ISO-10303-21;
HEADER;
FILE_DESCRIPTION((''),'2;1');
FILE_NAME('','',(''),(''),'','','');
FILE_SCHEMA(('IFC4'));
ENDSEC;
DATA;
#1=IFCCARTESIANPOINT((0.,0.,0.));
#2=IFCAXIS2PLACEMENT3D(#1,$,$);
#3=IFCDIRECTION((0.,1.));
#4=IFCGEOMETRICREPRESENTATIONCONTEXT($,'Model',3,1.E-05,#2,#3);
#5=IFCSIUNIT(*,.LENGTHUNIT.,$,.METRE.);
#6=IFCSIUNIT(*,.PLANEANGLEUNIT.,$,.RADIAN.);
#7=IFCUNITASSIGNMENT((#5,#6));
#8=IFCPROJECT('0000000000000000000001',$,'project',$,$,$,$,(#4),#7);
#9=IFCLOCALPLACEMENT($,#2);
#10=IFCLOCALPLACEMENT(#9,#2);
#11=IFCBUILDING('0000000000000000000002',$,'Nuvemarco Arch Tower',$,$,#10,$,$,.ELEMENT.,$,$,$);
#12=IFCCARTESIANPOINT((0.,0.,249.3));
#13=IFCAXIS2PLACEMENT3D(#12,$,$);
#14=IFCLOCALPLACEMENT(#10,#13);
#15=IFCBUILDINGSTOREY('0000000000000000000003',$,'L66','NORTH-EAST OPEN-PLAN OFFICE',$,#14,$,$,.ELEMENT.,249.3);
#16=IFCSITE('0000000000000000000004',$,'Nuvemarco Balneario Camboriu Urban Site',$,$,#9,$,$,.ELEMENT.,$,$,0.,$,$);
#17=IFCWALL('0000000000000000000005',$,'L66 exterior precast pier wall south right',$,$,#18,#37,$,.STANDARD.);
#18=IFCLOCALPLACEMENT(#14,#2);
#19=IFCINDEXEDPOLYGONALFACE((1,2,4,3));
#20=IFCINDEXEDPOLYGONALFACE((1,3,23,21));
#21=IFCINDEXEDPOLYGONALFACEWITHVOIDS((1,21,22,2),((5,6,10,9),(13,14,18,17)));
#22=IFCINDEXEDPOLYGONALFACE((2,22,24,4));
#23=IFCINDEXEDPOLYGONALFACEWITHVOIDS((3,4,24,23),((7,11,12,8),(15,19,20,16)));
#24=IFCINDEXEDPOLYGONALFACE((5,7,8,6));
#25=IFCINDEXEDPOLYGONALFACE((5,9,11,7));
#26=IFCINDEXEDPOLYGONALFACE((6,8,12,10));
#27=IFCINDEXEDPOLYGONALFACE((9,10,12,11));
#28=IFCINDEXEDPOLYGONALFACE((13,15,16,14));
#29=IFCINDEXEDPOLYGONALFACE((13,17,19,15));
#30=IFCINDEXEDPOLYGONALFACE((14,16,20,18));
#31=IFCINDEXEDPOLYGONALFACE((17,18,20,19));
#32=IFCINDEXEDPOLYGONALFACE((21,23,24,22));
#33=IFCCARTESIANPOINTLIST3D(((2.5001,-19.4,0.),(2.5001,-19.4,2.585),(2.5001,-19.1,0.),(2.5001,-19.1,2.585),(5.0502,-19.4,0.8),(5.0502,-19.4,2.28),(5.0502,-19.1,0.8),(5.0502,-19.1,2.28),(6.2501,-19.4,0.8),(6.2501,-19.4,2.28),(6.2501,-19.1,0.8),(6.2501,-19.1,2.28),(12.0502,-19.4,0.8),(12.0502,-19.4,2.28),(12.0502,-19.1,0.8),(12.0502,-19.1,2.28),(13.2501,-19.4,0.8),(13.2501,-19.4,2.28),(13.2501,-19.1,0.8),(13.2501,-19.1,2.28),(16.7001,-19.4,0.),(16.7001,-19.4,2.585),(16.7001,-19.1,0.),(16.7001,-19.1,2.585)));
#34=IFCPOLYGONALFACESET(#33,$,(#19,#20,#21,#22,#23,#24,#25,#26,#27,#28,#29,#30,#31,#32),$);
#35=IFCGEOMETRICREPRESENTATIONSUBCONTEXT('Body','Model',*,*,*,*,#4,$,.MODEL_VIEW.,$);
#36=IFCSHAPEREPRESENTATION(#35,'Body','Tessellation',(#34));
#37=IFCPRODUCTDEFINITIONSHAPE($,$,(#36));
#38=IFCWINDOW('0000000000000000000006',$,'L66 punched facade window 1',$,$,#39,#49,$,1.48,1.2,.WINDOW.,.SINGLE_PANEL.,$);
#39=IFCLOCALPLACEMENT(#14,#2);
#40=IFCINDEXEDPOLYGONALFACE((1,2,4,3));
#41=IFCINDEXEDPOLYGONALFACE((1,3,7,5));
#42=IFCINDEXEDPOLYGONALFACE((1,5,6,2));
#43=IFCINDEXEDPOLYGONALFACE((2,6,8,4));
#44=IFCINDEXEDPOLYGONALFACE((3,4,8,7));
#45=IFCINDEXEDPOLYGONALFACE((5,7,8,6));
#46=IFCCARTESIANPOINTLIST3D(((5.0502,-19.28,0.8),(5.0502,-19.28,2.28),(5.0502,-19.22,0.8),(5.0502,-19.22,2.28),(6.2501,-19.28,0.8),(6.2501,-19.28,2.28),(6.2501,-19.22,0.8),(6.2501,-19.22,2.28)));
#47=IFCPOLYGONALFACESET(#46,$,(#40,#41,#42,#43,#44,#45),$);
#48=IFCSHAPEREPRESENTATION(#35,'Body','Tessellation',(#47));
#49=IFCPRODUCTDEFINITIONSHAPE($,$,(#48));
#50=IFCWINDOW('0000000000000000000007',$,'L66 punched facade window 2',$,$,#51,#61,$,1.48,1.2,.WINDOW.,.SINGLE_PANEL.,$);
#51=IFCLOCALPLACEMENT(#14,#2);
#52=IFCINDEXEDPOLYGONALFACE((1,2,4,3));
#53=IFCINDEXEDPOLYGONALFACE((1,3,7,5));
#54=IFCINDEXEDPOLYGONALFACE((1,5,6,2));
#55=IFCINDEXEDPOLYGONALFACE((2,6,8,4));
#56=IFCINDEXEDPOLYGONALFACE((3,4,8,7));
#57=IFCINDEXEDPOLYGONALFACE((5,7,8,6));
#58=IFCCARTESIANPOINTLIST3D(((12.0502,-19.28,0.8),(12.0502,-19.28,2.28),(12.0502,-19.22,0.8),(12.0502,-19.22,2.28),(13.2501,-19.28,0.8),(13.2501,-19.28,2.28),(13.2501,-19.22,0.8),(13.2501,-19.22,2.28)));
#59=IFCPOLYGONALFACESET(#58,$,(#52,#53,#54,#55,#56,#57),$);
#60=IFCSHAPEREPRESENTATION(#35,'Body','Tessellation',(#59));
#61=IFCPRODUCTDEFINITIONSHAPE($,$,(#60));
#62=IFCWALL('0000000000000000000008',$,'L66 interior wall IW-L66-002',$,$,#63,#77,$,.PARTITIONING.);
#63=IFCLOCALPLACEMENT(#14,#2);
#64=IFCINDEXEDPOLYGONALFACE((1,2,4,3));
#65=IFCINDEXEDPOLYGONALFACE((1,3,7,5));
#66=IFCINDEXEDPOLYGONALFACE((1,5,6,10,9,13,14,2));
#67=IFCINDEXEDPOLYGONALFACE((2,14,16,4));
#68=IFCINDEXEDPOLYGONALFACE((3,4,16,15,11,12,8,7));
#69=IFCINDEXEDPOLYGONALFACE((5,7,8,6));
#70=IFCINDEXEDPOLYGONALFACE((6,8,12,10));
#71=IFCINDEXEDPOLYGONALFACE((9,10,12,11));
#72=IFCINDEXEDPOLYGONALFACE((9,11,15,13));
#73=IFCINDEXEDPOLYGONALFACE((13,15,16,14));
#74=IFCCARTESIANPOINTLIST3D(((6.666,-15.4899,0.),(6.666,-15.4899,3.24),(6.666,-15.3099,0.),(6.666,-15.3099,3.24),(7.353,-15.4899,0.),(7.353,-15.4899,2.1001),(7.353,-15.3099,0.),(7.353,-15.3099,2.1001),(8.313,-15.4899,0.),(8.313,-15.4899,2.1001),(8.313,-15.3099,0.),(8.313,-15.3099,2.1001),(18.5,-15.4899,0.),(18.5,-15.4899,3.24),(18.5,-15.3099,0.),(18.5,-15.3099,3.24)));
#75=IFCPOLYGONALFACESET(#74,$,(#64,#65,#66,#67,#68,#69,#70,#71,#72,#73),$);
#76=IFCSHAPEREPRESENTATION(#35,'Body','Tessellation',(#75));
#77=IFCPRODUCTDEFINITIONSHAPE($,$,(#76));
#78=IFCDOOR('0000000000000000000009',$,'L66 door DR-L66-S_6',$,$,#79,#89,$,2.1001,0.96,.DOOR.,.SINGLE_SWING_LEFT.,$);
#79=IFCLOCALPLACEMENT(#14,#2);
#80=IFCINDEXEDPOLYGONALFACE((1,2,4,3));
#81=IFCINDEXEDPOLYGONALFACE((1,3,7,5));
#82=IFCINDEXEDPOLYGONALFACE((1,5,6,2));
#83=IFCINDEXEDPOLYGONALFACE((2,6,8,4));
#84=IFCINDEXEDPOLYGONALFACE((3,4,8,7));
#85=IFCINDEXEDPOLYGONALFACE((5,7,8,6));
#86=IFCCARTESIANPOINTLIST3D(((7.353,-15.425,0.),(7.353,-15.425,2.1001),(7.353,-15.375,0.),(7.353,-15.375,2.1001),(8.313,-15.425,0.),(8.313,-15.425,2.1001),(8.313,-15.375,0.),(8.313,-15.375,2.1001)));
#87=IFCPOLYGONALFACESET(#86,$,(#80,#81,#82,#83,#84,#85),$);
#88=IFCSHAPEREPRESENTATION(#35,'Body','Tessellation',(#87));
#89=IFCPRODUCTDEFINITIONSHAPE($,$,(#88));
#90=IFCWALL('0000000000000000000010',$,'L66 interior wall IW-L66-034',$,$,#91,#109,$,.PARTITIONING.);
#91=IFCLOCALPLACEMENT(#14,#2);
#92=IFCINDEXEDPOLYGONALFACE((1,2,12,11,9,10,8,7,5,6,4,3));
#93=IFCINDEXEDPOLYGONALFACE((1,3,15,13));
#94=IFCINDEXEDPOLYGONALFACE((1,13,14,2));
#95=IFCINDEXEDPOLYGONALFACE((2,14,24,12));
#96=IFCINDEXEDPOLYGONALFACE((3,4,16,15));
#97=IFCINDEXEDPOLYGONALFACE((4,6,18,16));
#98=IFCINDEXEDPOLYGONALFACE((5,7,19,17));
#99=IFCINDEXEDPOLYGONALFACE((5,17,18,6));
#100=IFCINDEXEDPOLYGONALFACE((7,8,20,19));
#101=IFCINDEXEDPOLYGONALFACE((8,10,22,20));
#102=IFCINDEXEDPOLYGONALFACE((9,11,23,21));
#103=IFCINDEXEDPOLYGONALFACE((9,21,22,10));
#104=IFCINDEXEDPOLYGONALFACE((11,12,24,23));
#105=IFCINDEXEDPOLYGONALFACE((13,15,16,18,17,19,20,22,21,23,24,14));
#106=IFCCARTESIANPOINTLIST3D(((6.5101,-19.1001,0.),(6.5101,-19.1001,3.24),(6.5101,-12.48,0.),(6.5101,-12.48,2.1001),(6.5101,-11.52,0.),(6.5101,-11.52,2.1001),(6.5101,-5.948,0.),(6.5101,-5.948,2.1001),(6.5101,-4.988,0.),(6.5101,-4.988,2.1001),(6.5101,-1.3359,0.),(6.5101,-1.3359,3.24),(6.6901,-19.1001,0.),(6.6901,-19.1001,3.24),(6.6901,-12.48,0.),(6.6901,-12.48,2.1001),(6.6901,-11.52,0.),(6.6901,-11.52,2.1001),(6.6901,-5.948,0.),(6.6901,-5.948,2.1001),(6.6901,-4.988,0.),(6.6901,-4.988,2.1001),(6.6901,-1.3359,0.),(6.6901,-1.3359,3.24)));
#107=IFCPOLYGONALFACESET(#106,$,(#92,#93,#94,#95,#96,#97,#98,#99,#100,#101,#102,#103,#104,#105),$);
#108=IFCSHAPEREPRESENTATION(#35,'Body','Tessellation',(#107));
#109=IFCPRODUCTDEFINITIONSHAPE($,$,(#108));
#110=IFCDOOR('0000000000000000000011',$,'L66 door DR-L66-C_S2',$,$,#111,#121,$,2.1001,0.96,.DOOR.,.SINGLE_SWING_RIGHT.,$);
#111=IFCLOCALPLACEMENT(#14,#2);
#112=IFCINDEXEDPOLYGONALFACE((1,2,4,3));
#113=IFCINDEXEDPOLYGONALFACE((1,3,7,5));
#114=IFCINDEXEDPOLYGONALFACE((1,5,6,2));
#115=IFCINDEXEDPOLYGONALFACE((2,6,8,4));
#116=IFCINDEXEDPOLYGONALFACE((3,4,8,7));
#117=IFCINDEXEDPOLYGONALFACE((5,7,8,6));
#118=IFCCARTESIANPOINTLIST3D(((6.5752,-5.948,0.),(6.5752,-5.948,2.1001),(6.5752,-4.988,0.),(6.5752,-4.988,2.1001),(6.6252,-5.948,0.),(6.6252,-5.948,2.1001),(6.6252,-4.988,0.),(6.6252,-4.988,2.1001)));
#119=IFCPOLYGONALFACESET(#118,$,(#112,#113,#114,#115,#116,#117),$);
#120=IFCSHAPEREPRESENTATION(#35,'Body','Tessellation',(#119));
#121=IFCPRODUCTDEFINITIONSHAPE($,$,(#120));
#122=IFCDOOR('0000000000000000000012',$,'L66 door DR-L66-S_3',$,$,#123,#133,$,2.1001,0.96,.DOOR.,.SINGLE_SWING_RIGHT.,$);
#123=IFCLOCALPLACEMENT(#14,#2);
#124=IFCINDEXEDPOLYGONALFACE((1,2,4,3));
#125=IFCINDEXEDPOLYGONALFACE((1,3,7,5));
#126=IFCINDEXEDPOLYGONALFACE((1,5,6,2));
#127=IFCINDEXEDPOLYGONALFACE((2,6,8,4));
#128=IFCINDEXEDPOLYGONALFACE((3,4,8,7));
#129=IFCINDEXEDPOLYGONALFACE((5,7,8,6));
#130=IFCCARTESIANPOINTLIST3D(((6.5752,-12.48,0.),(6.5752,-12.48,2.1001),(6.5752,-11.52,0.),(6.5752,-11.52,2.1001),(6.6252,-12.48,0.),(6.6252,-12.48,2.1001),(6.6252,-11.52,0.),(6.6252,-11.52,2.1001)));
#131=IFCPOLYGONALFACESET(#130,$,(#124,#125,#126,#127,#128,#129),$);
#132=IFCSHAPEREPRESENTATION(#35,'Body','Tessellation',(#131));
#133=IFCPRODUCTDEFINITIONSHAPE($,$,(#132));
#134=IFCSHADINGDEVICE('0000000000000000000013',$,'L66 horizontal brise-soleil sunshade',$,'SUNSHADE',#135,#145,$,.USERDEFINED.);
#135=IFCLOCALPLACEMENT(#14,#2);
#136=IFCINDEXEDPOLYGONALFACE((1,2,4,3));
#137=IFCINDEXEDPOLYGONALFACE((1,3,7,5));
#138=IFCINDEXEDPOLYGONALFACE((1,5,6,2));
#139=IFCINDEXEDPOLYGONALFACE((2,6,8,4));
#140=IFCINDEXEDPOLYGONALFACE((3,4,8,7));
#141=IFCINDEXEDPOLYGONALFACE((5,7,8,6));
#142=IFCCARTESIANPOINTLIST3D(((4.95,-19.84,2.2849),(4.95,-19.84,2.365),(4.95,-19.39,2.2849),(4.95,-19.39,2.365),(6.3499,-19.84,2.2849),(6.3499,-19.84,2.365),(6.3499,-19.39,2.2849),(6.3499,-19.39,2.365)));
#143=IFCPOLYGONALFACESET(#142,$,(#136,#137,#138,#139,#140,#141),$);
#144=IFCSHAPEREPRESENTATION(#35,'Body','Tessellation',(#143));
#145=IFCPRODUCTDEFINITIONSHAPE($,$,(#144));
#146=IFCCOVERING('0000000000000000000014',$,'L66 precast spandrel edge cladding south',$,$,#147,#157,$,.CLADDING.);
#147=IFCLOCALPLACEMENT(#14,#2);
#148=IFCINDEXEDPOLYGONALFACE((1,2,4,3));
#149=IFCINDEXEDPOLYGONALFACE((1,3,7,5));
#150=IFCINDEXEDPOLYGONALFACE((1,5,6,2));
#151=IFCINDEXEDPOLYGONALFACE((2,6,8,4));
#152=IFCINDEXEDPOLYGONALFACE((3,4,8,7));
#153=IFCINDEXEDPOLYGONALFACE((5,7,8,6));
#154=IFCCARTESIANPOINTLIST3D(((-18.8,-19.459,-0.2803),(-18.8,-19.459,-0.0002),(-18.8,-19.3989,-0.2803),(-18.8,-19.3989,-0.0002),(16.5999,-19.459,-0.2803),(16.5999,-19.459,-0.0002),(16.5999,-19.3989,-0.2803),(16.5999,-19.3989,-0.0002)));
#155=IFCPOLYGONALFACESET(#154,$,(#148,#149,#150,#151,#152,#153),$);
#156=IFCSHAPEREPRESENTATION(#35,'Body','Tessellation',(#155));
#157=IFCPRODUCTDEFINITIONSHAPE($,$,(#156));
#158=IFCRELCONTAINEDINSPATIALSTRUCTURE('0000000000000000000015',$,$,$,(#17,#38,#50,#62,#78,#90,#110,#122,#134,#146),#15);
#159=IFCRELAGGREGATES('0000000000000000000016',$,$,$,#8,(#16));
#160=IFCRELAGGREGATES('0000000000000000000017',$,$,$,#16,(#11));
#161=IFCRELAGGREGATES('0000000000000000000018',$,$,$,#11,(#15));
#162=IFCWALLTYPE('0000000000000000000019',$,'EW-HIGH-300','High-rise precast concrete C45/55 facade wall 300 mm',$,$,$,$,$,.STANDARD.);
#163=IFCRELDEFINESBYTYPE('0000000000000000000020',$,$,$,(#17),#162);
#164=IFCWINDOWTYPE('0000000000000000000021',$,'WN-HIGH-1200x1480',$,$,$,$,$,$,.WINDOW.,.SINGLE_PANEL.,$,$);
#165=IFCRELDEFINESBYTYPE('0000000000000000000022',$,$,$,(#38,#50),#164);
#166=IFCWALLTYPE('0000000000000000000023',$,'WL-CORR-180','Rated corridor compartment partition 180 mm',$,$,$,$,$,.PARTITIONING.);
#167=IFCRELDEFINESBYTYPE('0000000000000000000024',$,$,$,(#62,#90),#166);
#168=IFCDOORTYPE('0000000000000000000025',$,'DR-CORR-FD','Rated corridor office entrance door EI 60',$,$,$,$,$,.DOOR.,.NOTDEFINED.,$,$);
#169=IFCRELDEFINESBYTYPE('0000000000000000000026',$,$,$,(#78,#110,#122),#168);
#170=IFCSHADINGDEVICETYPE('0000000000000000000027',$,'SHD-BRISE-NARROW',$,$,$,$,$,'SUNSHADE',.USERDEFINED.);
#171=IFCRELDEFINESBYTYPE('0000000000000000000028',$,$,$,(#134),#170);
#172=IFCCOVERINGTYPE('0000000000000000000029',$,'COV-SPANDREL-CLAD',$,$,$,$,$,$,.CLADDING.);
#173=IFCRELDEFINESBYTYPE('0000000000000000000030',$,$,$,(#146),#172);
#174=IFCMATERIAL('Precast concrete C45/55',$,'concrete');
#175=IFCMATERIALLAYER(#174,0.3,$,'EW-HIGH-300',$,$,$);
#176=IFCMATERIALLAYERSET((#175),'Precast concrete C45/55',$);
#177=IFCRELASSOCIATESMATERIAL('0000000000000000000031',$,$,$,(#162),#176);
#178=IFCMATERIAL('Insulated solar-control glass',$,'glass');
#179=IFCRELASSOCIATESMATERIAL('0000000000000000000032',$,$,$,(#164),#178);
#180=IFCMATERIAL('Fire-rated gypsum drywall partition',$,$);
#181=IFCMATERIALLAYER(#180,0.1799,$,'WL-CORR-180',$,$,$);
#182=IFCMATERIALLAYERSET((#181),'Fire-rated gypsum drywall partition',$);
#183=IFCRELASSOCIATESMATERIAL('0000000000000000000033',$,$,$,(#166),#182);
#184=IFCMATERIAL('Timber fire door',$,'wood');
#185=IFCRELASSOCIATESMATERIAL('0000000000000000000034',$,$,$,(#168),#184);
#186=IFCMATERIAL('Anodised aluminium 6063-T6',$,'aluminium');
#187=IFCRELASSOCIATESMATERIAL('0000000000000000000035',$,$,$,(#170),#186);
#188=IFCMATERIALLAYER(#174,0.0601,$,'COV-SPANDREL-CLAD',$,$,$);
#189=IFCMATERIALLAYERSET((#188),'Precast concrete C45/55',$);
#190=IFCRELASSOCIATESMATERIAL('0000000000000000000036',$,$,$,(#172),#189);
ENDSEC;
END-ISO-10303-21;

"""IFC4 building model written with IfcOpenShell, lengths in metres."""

from ifc_helpers import new_model, si_unit, direction, frame, frame_2d, origin, origin_2d, place, context, subcontext, project, spatial, rectangle, extrude, source, transform, mapped, material, layer, layer_set, type_object, type_shapes, element, fill, save


model = new_model("IFC4")

# Units and contexts
model_context = context("Model", 3, precision=1e-05, world=origin(), true_north=direction((0.0, 1.0)))
body_context = subcontext(model_context, "Body", "Model", "MODEL_VIEW")
ifc_project = project(units=[si_unit("LENGTHUNIT", "METRE"), si_unit("PLANEANGLEUNIT", "RADIAN")], contexts=[model_context])

# Site, building, storey
site_placement = place(None, origin())
site = spatial("IfcSite", under=ifc_project, at=site_placement, Name="Nuvemarco Balneario Camboriu Urban Site", CompositionType="ELEMENT", RefElevation=0.0)
building_placement = place(site_placement, origin())
building = spatial("IfcBuilding", under=site, at=building_placement, Name="Nuvemarco Arch Tower", CompositionType="ELEMENT")
storey_placement = place(building_placement, frame((0.0, 0.0, 249.3)))
storey = spatial("IfcBuildingStorey", under=building, at=storey_placement, Name="L66", Description="NORTH-EAST OPEN-PLAN OFFICE", CompositionType="ELEMENT", Elevation=249.3)

# Shared definitions
ifc_material_1 = material(Name="Precast concrete C45/55", Category="concrete")

# Wall, openings, windows
ifc_layer_1 = layer(ifc_material_1, 0.3, Name="EW-HIGH-300")
ifc_layer_set_1 = layer_set([ifc_layer_1], Name="Precast concrete C45/55")
wall_type_1 = type_object("IfcWallType", Name="EW-HIGH-300", Description="High-rise precast concrete C45/55 facade wall 300 mm", PredefinedType="STANDARD", material=ifc_layer_set_1)
wall_1_placement = place(storey_placement, frame((2.5, -19.25, 0.0), z_axis=(0.0, 0.0, 1.0), x_axis=(1.0, 0.0, 0.0)))
wall_1 = element("IfcWall", 1, at=wall_1_placement, inside=storey, type_object=wall_type_1, Name="L66 exterior precast pier wall south right", PredefinedType="STANDARD", context=body_context, shape_type="SweptSolid", body=[
    extrude(rectangle(XDim=14.2, YDim=0.3, at=frame_2d((7.1001, 0.0))), origin(), (0.0, 0.0, 1.0), 2.585),
])
opening_1_placement = place(wall_1_placement, frame((2.55, 0.0, 0.8)))
opening_1 = element("IfcOpeningElement", 2, at=opening_1_placement, cuts=wall_1, PredefinedType="OPENING", context=body_context, shape_type="SweptSolid", body=[
    extrude(rectangle(XDim=1.2, YDim=1.48, at=frame_2d((0.6001, 0.74))), frame((0.0, 0.1599, 0.0), z_axis=(0.0, -1.0, 0.0), x_axis=(1.0, 0.0, 0.0)), (0.0, 0.0, 1.0), 0.3201),
])
opening_2_placement = place(wall_1_placement, frame((9.55, 0.0, 0.8)))
opening_2 = element("IfcOpeningElement", 3, at=opening_2_placement, cuts=wall_1, PredefinedType="OPENING", context=body_context, shape_type="SweptSolid", body=[
    extrude(rectangle(XDim=1.2, YDim=1.48, at=frame_2d((0.6001, 0.74))), frame((0.0, 0.1599, 0.0), z_axis=(0.0, -1.0, 0.0), x_axis=(1.0, 0.0, 0.0)), (0.0, 0.0, 1.0), 0.3201),
])
ifc_material_2 = material(Name="Insulated solar-control glass", Category="glass")
window_type = type_object("IfcWindowType", Name="WN-HIGH-1200x1480", PartitioningType="SINGLE_PANEL", PredefinedType="WINDOW", material=ifc_material_2)
shared_shape_1 = source(origin(), body_context, "Body", "SweptSolid", [
    extrude(rectangle(XDim=1.2, YDim=1.48, at=frame_2d((0.6001, 0.74))), frame((0.0, 0.03, 0.0), z_axis=(0.0, -1.0, 0.0), x_axis=(1.0, 0.0, 0.0)), (0.0, 0.0, 1.0), 0.0601),
])
type_shapes(window_type, [shared_shape_1])
window_1_placement = place(opening_1_placement, origin())
window_1 = element("IfcWindow", 4, at=window_1_placement, inside=storey, type_object=window_type, Name="L66 punched facade window 1", OverallHeight=1.48, OverallWidth=1.2, PartitioningType="SINGLE_PANEL", PredefinedType="WINDOW", context=body_context, shape_type="MappedRepresentation", body=[
    mapped(shared_shape_1, transform((0.0, 0.0, 0.0), scale=1.0)),
])
fill(opening_1, window_1)
window_2_placement = place(opening_2_placement, origin())
window_2 = element("IfcWindow", 5, at=window_2_placement, inside=storey, type_object=window_type, Name="L66 punched facade window 2", OverallHeight=1.48, OverallWidth=1.2, PartitioningType="SINGLE_PANEL", PredefinedType="WINDOW", context=body_context, shape_type="MappedRepresentation", body=[
    mapped(shared_shape_1, transform((0.0, 0.0, 0.0), scale=1.0)),
])
fill(opening_2, window_2)

# Wall, opening, door
ifc_material_3 = material(Name="Fire-rated gypsum drywall partition")
ifc_layer_2 = layer(ifc_material_3, 0.1799, Name="WL-CORR-180")
ifc_layer_set_2 = layer_set([ifc_layer_2], Name="Fire-rated gypsum drywall partition")
wall_type_2 = type_object("IfcWallType", Name="WL-CORR-180", Description="Rated corridor compartment partition 180 mm", PredefinedType="PARTITIONING", material=ifc_layer_set_2)
wall_2_placement = place(storey_placement, frame((6.666, -15.3999, 0.0), z_axis=(0.0, 0.0, 1.0), x_axis=(1.0, 0.0, 0.0)))
wall_2 = element("IfcWall", 6, at=wall_2_placement, inside=storey, type_object=wall_type_2, Name="L66 interior wall IW-L66-002", PredefinedType="PARTITIONING", context=body_context, shape_type="SweptSolid", body=[
    extrude(rectangle(XDim=11.834, YDim=0.1799, at=frame_2d((5.917, 0.0))), origin(), (0.0, 0.0, 1.0), 3.24),
])
opening_3_placement = place(wall_2_placement, frame((0.687, 0.0, 0.0)))
opening_3 = element("IfcOpeningElement", 7, at=opening_3_placement, cuts=wall_2, PredefinedType="OPENING", context=body_context, shape_type="SweptSolid", body=[
    extrude(rectangle(XDim=0.96, YDim=2.1001, at=frame_2d((0.48, 1.05))), frame((0.0, 0.0999, 0.0), z_axis=(0.0, -1.0, 0.0), x_axis=(1.0, 0.0, 0.0)), (0.0, 0.0, 1.0), 0.2),
])
ifc_material_4 = material(Name="Timber fire door", Category="wood")
door_type = type_object("IfcDoorType", Name="DR-CORR-FD", Description="Rated corridor office entrance door EI 60", OperationType="NOTDEFINED", PredefinedType="DOOR", material=ifc_material_4)
shared_shape_2 = source(origin(), body_context, "Body", "SweptSolid", [
    extrude(rectangle(XDim=0.96, YDim=2.1001, at=frame_2d((0.48, 1.05))), frame((0.0, 0.0249, 0.0), z_axis=(0.0, -1.0, 0.0), x_axis=(1.0, 0.0, 0.0)), (0.0, 0.0, 1.0), 0.05),
])
type_shapes(door_type, [shared_shape_2])
door_1_placement = place(opening_3_placement, origin())
door_1 = element("IfcDoor", 8, at=door_1_placement, inside=storey, type_object=door_type, Name="L66 door DR-L66-S_6", OperationType="SINGLE_SWING_LEFT", OverallHeight=2.1001, OverallWidth=0.96, PredefinedType="DOOR", context=body_context, shape_type="MappedRepresentation", body=[
    mapped(shared_shape_2, transform((0.0, 0.0, 0.0), scale=1.0)),
])
fill(opening_3, door_1)

# Wall, openings, doors
wall_3_placement = place(storey_placement, frame((6.6001, -19.1001, 0.0), z_axis=(0.0, 0.0, 1.0), x_axis=(0.0, 1.0, 0.0)))
wall_3 = element("IfcWall", 9, at=wall_3_placement, inside=storey, type_object=wall_type_2, Name="L66 interior wall IW-L66-034", PredefinedType="PARTITIONING", context=body_context, shape_type="SweptSolid", body=[
    extrude(rectangle(XDim=17.7642, YDim=0.1799, at=frame_2d((8.8821, 0.0))), origin(), (0.0, 0.0, 1.0), 3.24),
])
opening_4_placement = place(wall_3_placement, frame((13.1521, 0.0, 0.0)))
opening_4 = element("IfcOpeningElement", 10, at=opening_4_placement, cuts=wall_3, PredefinedType="OPENING", context=body_context, shape_type="SweptSolid", body=[
    extrude(rectangle(XDim=0.96, YDim=2.1001, at=frame_2d((0.48, 1.05))), frame((0.0, 0.0999, 0.0), z_axis=(0.0, -1.0, 0.0), x_axis=(1.0, 0.0, 0.0)), (0.0, 0.0, 1.0), 0.2),
])
opening_5_placement = place(wall_3_placement, frame((6.6201, 0.0, 0.0)))
opening_5 = element("IfcOpeningElement", 11, at=opening_5_placement, cuts=wall_3, PredefinedType="OPENING", context=body_context, shape_type="SweptSolid", body=[
    extrude(rectangle(XDim=0.96, YDim=2.1001, at=frame_2d((0.48, 1.05))), frame((0.0, 0.0999, 0.0), z_axis=(0.0, -1.0, 0.0), x_axis=(1.0, 0.0, 0.0)), (0.0, 0.0, 1.0), 0.2),
])
door_2_placement = place(opening_4_placement, origin())
door_2 = element("IfcDoor", 12, at=door_2_placement, inside=storey, type_object=door_type, Name="L66 door DR-L66-C_S2", OperationType="SINGLE_SWING_RIGHT", OverallHeight=2.1001, OverallWidth=0.96, PredefinedType="DOOR", context=body_context, shape_type="MappedRepresentation", body=[
    mapped(shared_shape_2, transform((0.0, 0.0, 0.0), scale=1.0)),
])
fill(opening_4, door_2)
door_3_placement = place(opening_5_placement, origin())
door_3 = element("IfcDoor", 13, at=door_3_placement, inside=storey, type_object=door_type, Name="L66 door DR-L66-S_3", OperationType="SINGLE_SWING_RIGHT", OverallHeight=2.1001, OverallWidth=0.96, PredefinedType="DOOR", context=body_context, shape_type="MappedRepresentation", body=[
    mapped(shared_shape_2, transform((0.0, 0.0, 0.0), scale=1.0)),
])
fill(opening_5, door_3)

# Shading device
ifc_material_5 = material(Name="Anodised aluminium 6063-T6", Category="aluminium")
shading_device_type = type_object("IfcShadingDeviceType", Name="SHD-BRISE-NARROW", ElementType="SUNSHADE", PredefinedType="USERDEFINED", material=ifc_material_5)
shared_shape_3 = source(origin(), body_context, "Body", "SweptSolid", [
    extrude(rectangle(XDim=1.3999, YDim=0.45, at=origin_2d()), origin(), (0.0, 0.0, 1.0), 0.0801),
])
type_shapes(shading_device_type, [shared_shape_3])
shading_device_placement = place(storey_placement, frame((5.6499, -19.615, 2.2849), z_axis=(0.0, 0.0, 1.0), x_axis=(1.0, 0.0, 0.0)))
element("IfcShadingDevice", 14, at=shading_device_placement, inside=storey, type_object=shading_device_type, Name="L66 horizontal brise-soleil sunshade", ObjectType="SUNSHADE", PredefinedType="USERDEFINED", context=body_context, shape_type="MappedRepresentation", body=[
    mapped(shared_shape_3, transform((0.0, 0.0, 0.0), scale=1.0)),
])

# Covering
ifc_layer_3 = layer(ifc_material_1, 0.0601, Name="COV-SPANDREL-CLAD")
ifc_layer_set_3 = layer_set([ifc_layer_3], Name="Precast concrete C45/55")
covering_type = type_object("IfcCoveringType", Name="COV-SPANDREL-CLAD", PredefinedType="CLADDING", material=ifc_layer_set_3)
shared_shape_4 = source(origin(), body_context, "Body", "SweptSolid", [
    extrude(rectangle(XDim=35.3999, YDim=0.0601, at=origin_2d()), origin(), (0.0, 0.0, 1.0), 0.28),
])
type_shapes(covering_type, [shared_shape_4])
covering_placement = place(storey_placement, frame((-1.1001, -19.429, -0.2803), z_axis=(0.0, 0.0, 1.0), x_axis=(1.0, 0.0, 0.0)))
element("IfcCovering", 15, at=covering_placement, inside=storey, type_object=covering_type, Name="L66 precast spandrel edge cladding south", PredefinedType="CLADDING", context=body_context, shape_type="MappedRepresentation", body=[
    mapped(shared_shape_4, transform((0.0, 0.0, 0.0), scale=1.0)),
])

save(model, "model.ifc")
